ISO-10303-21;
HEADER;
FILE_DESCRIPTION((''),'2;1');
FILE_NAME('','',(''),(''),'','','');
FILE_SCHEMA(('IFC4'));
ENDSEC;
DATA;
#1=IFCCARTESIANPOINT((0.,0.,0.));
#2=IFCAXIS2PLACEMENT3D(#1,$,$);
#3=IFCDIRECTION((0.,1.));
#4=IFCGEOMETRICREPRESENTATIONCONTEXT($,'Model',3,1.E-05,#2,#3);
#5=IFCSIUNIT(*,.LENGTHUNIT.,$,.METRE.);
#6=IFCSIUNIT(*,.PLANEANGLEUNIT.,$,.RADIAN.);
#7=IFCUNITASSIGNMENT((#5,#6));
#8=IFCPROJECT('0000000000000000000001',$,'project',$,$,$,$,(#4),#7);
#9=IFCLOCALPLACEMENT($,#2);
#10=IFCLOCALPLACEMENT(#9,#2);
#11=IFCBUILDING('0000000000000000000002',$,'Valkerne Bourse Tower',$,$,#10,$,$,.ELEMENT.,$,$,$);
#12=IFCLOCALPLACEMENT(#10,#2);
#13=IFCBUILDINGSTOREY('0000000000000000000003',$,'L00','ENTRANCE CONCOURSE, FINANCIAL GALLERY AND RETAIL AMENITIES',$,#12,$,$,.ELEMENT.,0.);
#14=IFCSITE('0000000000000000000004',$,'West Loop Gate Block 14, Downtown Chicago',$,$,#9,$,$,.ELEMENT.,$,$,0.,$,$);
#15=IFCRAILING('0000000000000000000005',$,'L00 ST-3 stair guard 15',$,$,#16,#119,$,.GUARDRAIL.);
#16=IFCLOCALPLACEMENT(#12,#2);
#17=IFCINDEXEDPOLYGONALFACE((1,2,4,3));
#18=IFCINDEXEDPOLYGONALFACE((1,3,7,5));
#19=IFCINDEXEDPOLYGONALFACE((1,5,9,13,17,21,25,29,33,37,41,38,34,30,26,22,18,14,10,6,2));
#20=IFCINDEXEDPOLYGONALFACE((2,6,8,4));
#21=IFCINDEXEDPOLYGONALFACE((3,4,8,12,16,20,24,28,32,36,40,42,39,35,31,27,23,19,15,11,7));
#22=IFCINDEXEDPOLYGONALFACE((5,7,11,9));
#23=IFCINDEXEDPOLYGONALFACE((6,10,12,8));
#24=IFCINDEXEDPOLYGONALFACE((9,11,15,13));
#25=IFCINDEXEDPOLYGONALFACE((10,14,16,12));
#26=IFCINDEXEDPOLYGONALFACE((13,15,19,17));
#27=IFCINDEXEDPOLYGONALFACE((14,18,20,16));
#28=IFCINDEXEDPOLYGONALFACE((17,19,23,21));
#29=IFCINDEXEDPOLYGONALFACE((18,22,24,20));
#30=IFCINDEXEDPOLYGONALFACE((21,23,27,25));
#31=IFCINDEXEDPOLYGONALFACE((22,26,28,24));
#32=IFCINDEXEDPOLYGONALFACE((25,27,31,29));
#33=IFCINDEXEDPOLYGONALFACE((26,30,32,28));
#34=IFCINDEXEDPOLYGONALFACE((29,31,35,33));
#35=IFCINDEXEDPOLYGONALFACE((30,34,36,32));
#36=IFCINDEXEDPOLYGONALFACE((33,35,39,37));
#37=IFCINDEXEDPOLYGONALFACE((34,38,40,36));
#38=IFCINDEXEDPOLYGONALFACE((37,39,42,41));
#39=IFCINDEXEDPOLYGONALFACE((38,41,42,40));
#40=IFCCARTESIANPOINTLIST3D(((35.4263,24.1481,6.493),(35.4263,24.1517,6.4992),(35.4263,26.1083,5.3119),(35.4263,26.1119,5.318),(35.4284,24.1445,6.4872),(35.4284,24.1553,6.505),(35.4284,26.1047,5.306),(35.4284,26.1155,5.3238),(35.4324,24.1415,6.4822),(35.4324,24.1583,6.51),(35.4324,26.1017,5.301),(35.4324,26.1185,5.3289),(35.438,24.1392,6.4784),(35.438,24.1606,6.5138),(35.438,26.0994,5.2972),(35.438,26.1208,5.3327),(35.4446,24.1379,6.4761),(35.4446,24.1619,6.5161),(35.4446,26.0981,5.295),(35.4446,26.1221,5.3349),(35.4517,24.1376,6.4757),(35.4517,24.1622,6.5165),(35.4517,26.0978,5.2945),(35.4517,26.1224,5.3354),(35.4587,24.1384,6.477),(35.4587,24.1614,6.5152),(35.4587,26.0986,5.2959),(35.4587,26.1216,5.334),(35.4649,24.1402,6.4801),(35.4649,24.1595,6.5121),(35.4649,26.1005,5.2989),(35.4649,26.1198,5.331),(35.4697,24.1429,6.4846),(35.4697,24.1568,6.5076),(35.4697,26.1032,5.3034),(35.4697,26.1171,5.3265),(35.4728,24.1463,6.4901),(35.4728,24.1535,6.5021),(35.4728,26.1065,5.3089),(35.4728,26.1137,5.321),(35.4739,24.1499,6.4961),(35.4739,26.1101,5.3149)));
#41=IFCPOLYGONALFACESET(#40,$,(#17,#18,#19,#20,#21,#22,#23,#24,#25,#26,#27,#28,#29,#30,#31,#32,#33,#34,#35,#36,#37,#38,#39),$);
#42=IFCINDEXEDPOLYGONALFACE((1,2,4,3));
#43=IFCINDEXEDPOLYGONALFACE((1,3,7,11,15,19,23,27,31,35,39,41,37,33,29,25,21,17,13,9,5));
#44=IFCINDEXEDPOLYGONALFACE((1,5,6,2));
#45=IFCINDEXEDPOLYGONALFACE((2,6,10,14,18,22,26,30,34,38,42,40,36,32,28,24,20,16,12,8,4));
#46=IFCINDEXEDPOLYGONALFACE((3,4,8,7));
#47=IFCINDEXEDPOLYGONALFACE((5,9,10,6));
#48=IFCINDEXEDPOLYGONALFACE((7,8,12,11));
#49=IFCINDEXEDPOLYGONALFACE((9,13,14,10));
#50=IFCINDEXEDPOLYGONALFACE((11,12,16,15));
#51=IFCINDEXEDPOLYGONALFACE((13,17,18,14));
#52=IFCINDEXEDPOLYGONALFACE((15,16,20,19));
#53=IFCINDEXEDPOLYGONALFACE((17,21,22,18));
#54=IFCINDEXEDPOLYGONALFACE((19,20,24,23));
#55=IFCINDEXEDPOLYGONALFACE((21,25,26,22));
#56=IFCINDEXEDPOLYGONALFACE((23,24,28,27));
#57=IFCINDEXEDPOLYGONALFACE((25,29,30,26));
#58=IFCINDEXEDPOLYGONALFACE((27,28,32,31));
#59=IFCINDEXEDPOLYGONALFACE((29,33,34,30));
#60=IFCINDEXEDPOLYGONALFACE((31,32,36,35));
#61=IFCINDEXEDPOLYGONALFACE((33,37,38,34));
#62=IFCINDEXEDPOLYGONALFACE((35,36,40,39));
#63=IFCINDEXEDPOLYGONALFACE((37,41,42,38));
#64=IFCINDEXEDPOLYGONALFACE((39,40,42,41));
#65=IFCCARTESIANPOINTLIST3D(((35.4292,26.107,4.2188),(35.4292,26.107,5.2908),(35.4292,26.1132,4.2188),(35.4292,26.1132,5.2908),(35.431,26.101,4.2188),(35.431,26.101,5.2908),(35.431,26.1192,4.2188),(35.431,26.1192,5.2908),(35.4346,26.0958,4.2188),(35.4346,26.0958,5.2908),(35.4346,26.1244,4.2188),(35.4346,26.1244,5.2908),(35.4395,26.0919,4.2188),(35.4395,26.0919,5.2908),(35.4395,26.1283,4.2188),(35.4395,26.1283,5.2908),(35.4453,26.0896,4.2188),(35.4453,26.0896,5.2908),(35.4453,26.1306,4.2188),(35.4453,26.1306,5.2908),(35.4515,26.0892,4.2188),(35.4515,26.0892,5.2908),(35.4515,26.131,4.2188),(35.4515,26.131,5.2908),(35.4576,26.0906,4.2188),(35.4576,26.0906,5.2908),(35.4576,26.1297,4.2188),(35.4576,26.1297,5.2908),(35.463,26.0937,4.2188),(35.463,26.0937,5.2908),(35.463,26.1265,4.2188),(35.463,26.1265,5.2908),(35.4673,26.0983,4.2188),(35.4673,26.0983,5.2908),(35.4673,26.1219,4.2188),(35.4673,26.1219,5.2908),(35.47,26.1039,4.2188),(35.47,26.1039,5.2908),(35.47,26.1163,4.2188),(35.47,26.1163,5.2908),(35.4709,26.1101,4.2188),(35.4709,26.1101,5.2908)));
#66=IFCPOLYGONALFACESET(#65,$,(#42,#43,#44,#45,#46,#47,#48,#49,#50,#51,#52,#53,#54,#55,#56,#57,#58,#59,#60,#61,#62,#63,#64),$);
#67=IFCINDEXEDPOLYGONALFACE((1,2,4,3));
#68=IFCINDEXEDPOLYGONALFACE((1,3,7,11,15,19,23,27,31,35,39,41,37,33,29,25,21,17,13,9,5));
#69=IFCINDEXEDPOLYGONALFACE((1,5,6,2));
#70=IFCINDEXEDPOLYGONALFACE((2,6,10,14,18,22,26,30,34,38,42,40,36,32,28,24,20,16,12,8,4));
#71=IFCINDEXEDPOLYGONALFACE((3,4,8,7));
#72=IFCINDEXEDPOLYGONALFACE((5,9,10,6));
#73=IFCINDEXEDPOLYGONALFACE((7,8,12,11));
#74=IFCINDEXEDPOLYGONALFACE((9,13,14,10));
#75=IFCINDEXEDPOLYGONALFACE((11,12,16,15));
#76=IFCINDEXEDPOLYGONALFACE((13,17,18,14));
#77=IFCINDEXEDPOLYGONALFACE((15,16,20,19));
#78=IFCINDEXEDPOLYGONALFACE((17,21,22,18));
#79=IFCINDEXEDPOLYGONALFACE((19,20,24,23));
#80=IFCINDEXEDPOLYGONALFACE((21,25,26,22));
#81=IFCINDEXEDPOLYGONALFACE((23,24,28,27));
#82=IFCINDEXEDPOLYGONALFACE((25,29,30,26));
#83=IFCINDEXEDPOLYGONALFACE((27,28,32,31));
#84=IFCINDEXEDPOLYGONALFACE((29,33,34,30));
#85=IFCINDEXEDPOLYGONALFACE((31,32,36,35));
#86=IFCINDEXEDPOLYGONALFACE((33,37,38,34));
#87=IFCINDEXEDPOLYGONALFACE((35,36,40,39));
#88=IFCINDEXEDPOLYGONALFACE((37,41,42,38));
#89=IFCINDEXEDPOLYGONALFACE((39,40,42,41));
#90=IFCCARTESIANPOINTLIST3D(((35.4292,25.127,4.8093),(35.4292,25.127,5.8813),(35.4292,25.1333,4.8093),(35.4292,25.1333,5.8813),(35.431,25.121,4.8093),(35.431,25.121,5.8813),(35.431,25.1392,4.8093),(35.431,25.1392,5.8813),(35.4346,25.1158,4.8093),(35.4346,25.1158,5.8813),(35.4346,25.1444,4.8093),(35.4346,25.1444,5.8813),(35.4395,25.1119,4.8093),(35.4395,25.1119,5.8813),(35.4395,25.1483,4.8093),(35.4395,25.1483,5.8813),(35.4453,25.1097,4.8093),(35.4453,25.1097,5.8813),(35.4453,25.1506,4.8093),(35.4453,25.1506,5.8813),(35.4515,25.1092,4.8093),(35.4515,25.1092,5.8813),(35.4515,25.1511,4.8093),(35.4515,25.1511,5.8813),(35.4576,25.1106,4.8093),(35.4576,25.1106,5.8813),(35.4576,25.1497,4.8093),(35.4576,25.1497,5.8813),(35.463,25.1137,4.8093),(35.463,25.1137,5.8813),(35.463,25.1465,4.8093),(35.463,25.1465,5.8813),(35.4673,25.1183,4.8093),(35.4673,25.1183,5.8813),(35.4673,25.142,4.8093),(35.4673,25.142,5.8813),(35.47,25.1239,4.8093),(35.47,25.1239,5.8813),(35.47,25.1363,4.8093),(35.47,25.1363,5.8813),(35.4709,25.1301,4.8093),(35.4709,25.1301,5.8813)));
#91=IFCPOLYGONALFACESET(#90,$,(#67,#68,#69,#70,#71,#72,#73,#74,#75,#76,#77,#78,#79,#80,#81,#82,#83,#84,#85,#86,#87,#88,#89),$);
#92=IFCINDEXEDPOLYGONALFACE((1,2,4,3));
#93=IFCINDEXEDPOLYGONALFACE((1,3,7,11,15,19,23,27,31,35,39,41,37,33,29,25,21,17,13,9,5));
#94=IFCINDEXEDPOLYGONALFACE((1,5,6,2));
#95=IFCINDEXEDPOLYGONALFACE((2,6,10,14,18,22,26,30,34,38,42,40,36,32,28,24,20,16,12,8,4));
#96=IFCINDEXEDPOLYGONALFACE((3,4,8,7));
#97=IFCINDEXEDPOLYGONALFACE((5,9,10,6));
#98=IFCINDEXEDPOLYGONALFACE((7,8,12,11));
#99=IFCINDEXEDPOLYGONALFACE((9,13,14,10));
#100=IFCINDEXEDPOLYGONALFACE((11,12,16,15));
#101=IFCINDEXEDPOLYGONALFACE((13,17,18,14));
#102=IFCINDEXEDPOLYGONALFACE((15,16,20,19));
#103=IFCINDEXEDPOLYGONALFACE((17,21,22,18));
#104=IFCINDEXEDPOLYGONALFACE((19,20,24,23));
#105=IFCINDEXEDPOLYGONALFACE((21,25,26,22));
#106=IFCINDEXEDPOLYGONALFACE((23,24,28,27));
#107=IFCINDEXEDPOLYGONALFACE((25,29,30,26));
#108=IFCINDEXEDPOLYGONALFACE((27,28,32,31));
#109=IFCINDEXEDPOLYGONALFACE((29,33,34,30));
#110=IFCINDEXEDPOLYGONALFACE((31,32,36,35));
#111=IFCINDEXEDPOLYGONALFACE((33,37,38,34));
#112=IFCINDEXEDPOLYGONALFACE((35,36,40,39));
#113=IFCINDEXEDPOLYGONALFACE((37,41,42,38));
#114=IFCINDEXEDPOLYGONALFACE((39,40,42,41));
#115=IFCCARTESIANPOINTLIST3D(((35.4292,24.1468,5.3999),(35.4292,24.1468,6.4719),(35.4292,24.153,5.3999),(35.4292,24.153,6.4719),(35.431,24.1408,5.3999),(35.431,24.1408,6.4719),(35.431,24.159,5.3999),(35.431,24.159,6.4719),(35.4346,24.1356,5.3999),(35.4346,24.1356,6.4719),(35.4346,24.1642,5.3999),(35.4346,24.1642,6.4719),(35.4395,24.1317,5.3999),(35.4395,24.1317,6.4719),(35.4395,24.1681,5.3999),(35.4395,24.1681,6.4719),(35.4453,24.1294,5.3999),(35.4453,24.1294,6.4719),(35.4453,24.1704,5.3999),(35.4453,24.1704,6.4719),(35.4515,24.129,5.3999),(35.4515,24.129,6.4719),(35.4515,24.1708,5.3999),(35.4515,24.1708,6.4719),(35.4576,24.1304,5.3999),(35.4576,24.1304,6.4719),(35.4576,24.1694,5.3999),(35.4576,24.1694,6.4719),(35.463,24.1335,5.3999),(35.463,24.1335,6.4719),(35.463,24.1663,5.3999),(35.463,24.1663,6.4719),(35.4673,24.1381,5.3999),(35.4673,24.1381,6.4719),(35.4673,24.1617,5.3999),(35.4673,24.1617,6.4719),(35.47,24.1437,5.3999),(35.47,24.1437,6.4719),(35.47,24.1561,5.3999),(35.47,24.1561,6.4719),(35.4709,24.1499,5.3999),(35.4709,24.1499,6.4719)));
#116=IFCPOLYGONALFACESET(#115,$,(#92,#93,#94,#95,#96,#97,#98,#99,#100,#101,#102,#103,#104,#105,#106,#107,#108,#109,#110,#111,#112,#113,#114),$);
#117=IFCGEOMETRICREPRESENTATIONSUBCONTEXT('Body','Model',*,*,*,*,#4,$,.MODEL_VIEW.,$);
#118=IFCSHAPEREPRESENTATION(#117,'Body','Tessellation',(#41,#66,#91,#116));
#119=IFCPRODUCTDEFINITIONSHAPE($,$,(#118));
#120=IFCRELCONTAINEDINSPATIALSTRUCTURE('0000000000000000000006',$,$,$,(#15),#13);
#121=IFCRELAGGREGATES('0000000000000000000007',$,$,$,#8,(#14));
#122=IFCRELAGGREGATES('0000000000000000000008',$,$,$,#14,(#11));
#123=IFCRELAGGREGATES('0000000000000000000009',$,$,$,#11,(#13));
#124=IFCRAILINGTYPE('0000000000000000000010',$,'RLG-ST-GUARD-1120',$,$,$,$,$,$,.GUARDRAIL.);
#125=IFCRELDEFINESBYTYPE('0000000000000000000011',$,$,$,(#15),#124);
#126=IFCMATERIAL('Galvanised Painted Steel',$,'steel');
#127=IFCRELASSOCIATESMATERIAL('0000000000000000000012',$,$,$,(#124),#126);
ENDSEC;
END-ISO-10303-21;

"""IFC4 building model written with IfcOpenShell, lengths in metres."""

from ifc_helpers import new_model, si_unit, direction, frame, origin, origin_2d, place, context, subcontext, project, spatial, circle, extrude, material, type_object, element, save


model = new_model("IFC4")

# Units and contexts
model_context = context("Model", 3, precision=1e-05, world=origin(), true_north=direction((0.0, 1.0)))
body_context = subcontext(model_context, "Body", "Model", "MODEL_VIEW")
ifc_project = project(units=[si_unit("LENGTHUNIT", "METRE"), si_unit("PLANEANGLEUNIT", "RADIAN")], contexts=[model_context])

# Site, building, storey
site_placement = place(None, origin())
site = spatial("IfcSite", under=ifc_project, at=site_placement, Name="West Loop Gate Block 14, Downtown Chicago", CompositionType="ELEMENT", RefElevation=0.0)
building_placement = place(site_placement, origin())
building = spatial("IfcBuilding", under=site, at=building_placement, Name="Valkerne Bourse Tower", CompositionType="ELEMENT")
storey_placement = place(building_placement, origin())
storey = spatial("IfcBuildingStorey", under=building, at=storey_placement, Name="L00", Description="ENTRANCE CONCOURSE, FINANCIAL GALLERY AND RETAIL AMENITIES", CompositionType="ELEMENT", Elevation=0.0)

# Shared definitions
ifc_material_1 = material(Name="Galvanised Painted Steel", Category="steel")

# Railing
railing_type_1 = type_object("IfcRailingType", Name="RLG-ST-GUARD-1120", PredefinedType="GUARDRAIL", material=ifc_material_1)
railing_1_placement = place(storey_placement, frame((35.45, 26.1101, 4.2188)))
element("IfcRailing", 1, at=railing_1_placement, inside=storey, type_object=railing_type_1, Name="L00 ST-3 stair guard 15", PredefinedType="GUARDRAIL", context=body_context, shape_type="SweptSolid", body=[
    extrude(circle(Radius=0.0239, at=origin_2d()), frame((0.0, 0.0, 1.0962), z_axis=(0.0, -0.856522, 0.516111), x_axis=(1.0, 0.0, 0.0)), (0.0, 0.0, 1.0), 2.2886),
    extrude(circle(Radius=0.021, at=origin_2d()), origin(), (0.0, 0.0, 1.0), 1.072),
    extrude(circle(Radius=0.021, at=origin_2d()), frame((0.0, -0.98, 0.5906)), (0.0, 0.0, 1.0), 1.072),
    extrude(circle(Radius=0.021, at=origin_2d()), frame((0.0, -1.9602, 1.1812)), (0.0, 0.0, 1.0), 1.072),
])

save(model, "model.ifc")
